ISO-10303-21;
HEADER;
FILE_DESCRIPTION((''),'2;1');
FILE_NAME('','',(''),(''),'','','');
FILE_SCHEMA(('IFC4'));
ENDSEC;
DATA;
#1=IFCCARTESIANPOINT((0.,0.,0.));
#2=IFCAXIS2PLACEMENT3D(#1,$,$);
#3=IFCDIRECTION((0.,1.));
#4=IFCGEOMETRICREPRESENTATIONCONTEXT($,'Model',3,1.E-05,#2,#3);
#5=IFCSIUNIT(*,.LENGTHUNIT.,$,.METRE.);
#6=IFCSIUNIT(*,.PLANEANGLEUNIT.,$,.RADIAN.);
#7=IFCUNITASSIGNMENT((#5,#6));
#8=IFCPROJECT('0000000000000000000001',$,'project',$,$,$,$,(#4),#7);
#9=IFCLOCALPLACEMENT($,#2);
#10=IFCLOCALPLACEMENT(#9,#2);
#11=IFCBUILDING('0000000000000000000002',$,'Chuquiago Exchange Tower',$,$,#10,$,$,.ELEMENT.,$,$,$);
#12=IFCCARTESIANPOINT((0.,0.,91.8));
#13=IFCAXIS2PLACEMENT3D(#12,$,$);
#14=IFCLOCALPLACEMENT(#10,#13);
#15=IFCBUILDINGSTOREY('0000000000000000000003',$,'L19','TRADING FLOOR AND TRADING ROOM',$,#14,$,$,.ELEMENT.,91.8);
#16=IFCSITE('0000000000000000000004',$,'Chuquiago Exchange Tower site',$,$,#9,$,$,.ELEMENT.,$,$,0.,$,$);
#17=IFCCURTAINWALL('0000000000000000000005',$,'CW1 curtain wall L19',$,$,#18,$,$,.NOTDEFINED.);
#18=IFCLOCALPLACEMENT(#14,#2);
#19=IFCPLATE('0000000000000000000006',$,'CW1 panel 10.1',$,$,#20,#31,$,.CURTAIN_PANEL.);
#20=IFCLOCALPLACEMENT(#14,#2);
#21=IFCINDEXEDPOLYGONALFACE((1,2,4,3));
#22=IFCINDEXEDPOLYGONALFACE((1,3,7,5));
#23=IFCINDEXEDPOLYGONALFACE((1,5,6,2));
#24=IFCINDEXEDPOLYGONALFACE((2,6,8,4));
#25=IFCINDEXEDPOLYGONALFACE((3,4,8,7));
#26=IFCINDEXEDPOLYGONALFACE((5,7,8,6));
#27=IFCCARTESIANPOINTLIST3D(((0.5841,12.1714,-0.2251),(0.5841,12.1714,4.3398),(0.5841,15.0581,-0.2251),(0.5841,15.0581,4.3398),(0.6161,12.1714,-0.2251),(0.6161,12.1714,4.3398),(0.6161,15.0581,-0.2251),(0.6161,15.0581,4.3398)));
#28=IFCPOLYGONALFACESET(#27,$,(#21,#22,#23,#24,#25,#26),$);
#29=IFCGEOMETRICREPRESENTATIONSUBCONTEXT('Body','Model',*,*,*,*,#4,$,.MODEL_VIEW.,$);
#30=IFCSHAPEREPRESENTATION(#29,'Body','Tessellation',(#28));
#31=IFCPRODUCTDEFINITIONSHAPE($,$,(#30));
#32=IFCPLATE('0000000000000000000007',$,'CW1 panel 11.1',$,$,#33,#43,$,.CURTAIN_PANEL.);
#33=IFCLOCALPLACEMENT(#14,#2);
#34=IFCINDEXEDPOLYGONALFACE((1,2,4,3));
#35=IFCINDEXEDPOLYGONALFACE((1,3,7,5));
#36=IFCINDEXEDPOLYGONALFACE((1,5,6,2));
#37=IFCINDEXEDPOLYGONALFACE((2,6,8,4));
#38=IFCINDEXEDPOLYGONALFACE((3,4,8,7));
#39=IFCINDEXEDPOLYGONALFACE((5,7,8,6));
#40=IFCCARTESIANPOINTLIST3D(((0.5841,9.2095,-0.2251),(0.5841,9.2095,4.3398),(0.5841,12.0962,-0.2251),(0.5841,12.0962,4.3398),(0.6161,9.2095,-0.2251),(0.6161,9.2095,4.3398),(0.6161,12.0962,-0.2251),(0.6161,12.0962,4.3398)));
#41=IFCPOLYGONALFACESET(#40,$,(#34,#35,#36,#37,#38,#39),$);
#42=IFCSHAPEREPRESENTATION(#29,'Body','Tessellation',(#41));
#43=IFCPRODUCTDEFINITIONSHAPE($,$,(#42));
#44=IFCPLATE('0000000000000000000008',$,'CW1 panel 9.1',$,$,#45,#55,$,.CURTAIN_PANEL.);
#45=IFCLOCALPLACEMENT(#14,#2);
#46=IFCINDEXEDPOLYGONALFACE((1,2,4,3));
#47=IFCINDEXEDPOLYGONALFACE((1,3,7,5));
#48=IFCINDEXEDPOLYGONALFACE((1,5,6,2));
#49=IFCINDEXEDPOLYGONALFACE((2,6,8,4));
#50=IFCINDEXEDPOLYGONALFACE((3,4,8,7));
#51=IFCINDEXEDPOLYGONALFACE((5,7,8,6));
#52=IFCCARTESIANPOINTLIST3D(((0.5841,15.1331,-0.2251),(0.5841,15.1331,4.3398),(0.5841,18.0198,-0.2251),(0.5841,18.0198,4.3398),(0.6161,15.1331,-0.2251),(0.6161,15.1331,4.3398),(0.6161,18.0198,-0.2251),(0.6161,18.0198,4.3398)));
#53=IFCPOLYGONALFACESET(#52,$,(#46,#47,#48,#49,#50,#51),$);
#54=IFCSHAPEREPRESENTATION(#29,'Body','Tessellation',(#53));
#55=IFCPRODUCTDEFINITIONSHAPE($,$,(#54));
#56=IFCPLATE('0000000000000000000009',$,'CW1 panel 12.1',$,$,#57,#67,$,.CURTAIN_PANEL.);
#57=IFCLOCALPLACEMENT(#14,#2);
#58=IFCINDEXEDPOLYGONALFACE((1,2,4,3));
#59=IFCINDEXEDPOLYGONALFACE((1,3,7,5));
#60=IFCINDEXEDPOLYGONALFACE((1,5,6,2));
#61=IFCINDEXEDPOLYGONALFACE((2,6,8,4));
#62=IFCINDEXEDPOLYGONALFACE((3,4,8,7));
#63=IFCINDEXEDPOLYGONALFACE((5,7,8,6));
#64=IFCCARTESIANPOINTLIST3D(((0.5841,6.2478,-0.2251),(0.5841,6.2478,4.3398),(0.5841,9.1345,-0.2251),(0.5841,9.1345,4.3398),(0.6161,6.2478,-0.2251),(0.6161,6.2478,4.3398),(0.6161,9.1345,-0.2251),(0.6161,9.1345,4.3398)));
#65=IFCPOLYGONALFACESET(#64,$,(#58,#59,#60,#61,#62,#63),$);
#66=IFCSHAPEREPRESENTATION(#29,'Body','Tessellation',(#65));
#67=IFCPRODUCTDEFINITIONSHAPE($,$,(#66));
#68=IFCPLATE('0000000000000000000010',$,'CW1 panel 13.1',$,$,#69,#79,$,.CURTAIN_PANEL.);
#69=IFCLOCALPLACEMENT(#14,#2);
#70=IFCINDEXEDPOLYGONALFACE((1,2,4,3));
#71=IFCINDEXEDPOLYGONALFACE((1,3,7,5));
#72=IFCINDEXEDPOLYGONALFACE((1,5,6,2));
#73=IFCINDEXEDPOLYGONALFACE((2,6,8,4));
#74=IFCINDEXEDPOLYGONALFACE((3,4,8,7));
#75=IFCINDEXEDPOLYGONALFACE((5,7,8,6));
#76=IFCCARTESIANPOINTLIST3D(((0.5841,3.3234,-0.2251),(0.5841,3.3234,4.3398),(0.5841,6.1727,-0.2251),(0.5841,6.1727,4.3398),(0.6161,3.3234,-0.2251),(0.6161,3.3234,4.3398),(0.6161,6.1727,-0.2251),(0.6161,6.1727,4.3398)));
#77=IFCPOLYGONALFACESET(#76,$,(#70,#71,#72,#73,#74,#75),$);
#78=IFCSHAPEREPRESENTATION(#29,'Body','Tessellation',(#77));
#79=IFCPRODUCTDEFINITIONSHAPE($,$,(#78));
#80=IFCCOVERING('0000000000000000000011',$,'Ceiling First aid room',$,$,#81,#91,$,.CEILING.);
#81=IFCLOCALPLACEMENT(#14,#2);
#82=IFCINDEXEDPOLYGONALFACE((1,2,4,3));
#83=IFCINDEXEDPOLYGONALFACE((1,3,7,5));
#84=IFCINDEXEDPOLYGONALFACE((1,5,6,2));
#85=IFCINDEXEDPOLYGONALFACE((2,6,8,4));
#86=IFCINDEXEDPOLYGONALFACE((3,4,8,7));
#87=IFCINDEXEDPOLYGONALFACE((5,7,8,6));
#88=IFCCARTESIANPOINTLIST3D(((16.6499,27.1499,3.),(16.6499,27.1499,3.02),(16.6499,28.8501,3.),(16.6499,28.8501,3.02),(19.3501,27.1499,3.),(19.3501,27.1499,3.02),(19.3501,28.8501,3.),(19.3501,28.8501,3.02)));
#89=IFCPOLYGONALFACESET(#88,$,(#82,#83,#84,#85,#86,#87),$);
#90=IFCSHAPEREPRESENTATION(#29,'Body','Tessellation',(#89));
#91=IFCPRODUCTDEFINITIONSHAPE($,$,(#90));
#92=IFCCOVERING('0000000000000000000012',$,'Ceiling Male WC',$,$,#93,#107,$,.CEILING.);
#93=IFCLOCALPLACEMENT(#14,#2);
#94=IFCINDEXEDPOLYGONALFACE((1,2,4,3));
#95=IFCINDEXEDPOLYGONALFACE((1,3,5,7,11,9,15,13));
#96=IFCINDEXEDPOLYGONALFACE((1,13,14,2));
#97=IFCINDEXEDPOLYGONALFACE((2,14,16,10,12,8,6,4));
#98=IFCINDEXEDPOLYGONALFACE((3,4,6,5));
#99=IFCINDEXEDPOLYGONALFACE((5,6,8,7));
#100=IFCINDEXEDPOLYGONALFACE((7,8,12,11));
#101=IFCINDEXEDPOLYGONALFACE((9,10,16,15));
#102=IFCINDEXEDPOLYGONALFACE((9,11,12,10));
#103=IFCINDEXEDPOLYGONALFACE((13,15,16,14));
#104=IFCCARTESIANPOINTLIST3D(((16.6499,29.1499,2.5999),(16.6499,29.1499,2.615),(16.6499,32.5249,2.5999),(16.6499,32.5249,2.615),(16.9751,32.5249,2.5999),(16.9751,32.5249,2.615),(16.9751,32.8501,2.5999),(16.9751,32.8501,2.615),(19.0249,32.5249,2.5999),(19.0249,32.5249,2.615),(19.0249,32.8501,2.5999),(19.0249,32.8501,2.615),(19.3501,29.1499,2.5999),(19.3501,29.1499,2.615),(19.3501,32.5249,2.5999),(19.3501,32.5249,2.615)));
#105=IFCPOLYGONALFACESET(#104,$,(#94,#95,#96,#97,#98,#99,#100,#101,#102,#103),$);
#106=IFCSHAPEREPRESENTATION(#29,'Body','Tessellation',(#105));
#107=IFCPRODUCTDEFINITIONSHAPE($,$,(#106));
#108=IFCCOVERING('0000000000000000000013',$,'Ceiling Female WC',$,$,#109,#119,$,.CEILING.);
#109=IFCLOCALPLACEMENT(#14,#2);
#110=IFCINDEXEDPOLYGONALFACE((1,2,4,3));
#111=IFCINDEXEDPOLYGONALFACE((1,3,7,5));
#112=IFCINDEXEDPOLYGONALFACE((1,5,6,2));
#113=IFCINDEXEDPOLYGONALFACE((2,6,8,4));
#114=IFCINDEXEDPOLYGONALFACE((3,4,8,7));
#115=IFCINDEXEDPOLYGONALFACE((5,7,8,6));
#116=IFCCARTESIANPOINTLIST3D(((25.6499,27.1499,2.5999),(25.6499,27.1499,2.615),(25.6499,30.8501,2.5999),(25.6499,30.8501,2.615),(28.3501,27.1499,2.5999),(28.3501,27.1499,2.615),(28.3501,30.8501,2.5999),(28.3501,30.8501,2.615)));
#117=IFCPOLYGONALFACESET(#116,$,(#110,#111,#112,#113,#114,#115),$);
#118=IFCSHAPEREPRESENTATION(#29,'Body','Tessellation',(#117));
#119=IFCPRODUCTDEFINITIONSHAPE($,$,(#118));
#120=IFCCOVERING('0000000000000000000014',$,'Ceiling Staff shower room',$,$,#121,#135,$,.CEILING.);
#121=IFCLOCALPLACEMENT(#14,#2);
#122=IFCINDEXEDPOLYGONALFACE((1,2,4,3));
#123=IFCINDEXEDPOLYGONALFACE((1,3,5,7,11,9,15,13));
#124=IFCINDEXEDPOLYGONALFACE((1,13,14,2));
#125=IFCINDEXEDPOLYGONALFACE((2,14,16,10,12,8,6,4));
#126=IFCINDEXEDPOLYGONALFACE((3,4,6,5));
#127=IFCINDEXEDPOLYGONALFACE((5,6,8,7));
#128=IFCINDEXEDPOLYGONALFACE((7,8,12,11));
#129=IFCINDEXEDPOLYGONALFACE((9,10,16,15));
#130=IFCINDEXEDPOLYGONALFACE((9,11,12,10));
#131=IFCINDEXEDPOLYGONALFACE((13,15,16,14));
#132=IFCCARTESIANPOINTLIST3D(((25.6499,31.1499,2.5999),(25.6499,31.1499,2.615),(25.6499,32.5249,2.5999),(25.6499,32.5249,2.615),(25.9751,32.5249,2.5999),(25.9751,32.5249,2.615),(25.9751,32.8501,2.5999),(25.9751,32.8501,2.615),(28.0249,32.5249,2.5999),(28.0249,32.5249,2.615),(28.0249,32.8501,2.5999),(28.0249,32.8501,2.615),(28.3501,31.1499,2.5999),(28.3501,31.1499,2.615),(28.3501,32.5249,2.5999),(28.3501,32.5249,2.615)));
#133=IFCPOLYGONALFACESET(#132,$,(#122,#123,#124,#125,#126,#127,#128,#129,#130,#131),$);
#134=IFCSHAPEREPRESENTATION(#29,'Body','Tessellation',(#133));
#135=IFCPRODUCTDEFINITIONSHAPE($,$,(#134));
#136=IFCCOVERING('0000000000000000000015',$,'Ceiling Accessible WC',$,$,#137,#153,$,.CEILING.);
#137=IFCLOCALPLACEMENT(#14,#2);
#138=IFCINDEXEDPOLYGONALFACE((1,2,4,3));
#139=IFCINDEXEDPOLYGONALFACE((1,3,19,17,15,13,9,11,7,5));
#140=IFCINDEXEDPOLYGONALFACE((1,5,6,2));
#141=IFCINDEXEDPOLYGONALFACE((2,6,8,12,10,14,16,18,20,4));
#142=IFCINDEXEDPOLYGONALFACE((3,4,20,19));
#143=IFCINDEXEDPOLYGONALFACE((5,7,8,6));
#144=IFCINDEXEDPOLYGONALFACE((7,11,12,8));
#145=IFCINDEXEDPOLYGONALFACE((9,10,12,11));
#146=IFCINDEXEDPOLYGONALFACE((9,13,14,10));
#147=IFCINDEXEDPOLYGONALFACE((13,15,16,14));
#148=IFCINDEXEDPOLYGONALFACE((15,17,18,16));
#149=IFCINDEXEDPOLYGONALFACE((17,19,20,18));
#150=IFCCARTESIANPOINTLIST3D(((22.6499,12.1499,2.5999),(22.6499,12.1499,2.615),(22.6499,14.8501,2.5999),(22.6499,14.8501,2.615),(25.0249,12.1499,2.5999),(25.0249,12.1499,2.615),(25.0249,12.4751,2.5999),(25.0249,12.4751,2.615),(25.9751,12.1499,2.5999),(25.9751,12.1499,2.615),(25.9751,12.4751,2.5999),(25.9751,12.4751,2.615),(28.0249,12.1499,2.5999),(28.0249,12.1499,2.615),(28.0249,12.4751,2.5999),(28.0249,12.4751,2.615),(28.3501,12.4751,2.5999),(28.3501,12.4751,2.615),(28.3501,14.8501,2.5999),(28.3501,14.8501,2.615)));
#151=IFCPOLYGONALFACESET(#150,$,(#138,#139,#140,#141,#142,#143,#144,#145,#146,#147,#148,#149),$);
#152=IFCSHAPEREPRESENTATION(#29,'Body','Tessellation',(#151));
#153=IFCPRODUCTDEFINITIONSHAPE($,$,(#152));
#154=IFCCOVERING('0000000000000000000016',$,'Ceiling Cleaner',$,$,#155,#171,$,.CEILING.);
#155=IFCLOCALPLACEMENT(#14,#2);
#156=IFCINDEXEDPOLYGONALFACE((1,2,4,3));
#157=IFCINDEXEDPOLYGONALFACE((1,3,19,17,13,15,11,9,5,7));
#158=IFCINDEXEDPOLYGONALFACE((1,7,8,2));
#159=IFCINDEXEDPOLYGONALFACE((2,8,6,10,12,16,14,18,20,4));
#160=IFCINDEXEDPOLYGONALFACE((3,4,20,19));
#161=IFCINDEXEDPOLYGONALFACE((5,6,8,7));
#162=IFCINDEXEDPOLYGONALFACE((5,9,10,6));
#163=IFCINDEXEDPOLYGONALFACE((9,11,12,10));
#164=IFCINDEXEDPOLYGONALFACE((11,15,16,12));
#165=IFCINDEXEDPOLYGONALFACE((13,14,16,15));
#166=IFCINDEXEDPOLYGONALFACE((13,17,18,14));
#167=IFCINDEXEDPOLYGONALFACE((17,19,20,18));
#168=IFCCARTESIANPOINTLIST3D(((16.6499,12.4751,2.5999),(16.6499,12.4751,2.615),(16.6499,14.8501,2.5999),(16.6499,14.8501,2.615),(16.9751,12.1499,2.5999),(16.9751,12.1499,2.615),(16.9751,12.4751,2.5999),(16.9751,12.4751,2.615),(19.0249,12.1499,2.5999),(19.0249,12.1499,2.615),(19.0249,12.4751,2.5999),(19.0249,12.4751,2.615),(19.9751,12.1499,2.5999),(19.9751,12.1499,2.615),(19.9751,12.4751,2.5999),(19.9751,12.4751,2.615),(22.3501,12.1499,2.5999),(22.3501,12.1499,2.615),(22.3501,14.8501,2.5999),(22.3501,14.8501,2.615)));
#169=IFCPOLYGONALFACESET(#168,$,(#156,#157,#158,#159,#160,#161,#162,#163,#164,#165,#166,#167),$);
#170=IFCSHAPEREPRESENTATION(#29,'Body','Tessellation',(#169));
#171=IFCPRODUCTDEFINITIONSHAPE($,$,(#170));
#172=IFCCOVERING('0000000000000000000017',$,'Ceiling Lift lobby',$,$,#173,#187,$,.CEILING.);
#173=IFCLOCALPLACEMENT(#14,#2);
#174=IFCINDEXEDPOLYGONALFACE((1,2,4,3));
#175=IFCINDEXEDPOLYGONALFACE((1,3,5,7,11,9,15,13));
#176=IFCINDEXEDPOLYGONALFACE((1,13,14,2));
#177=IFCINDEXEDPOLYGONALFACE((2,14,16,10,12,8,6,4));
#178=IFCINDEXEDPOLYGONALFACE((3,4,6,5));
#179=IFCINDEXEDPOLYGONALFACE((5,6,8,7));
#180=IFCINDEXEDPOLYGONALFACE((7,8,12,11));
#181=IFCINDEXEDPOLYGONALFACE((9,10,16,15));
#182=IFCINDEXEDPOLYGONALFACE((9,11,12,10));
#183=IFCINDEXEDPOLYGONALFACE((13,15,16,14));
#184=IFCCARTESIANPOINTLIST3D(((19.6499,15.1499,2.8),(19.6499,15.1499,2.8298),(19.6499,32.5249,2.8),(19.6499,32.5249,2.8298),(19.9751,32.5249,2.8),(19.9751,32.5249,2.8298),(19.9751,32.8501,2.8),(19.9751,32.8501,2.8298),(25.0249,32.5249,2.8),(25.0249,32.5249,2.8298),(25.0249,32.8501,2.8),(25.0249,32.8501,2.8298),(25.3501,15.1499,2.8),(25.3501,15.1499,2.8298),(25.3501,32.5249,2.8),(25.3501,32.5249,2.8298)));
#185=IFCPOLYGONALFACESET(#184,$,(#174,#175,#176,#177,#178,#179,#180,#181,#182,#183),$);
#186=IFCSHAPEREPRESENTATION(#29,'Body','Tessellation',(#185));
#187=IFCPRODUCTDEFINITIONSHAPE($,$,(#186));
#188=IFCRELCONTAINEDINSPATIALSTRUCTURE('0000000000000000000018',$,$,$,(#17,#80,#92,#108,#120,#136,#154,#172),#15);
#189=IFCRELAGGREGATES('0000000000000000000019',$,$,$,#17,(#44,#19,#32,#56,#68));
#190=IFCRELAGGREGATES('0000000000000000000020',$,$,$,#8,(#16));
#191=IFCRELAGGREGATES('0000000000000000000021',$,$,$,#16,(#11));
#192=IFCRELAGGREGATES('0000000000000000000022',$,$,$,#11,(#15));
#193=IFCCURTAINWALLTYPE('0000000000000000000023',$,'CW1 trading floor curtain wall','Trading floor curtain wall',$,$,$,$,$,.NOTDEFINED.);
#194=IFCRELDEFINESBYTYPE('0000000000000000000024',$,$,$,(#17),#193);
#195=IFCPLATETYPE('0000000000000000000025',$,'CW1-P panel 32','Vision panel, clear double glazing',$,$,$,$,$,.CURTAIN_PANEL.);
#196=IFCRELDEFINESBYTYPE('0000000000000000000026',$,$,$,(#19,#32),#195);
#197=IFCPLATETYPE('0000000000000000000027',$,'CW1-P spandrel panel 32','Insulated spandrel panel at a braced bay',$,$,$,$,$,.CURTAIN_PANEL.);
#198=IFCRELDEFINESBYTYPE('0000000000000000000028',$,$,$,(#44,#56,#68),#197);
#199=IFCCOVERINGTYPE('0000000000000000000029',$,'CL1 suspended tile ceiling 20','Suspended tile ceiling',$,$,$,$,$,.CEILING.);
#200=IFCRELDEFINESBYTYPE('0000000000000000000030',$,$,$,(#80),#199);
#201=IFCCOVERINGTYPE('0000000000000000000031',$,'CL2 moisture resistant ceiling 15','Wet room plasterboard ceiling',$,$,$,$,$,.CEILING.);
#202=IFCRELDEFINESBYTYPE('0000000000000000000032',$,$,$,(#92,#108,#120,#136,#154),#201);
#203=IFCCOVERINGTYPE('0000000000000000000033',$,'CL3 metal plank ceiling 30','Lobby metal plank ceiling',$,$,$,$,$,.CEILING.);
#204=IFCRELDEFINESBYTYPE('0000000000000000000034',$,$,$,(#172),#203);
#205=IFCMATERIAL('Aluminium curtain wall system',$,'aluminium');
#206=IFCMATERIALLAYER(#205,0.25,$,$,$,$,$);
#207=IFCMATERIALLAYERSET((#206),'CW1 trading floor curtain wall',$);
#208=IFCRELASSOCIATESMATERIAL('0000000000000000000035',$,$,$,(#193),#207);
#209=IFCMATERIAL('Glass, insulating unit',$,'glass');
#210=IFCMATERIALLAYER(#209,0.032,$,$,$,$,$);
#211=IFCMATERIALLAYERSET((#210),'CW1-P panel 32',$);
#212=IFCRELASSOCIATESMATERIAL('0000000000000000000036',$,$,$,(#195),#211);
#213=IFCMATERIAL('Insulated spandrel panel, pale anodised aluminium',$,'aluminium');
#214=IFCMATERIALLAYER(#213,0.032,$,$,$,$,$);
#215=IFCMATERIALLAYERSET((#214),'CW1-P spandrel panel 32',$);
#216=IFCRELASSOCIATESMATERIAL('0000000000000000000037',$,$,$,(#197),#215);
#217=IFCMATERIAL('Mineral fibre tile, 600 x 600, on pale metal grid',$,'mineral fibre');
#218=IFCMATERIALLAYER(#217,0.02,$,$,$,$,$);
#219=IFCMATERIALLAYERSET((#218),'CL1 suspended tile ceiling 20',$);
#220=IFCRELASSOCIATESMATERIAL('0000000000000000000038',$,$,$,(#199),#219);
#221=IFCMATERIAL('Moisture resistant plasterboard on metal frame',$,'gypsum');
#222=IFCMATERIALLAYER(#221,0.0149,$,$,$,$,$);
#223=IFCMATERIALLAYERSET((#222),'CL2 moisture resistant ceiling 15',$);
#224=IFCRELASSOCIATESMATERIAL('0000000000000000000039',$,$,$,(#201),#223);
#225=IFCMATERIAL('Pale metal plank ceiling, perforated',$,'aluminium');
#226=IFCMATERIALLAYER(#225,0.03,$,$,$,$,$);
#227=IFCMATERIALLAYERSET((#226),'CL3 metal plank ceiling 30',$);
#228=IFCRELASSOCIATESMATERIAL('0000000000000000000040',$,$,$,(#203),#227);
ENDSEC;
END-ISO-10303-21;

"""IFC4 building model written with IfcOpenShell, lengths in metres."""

from ifc_helpers import new_model, si_unit, direction, frame, origin, origin_2d, place, context, subcontext, project, spatial, polyline, rectangle, outline, extrude, material, layer, layer_set, type_object, element, aggregate, save


model = new_model("IFC4")

# Units and contexts
model_context = context("Model", 3, precision=1e-05, world=origin(), true_north=direction((0.0, 1.0)))
body_context = subcontext(model_context, "Body", "Model", "MODEL_VIEW")
ifc_project = project(units=[si_unit("LENGTHUNIT", "METRE"), si_unit("PLANEANGLEUNIT", "RADIAN")], contexts=[model_context])

# Site, building, storey
site_placement = place(None, origin())
site = spatial("IfcSite", under=ifc_project, at=site_placement, Name="Chuquiago Exchange Tower site", CompositionType="ELEMENT", RefElevation=0.0)
building_placement = place(site_placement, origin())
building = spatial("IfcBuilding", under=site, at=building_placement, Name="Chuquiago Exchange Tower", CompositionType="ELEMENT")
storey_placement = place(building_placement, frame((0.0, 0.0, 91.8)))
storey = spatial("IfcBuildingStorey", under=building, at=storey_placement, Name="L19", Description="TRADING FLOOR AND TRADING ROOM", CompositionType="ELEMENT", Elevation=91.8)

# Curtain wall
ifc_material_1 = material(Name="Aluminium curtain wall system", Category="aluminium")
ifc_layer_1 = layer(ifc_material_1, 0.25)
ifc_layer_set_1 = layer_set([ifc_layer_1], Name="CW1 trading floor curtain wall")
curtain_wall_type_1 = type_object("IfcCurtainWallType", Name="CW1 trading floor curtain wall", Description="Trading floor curtain wall", PredefinedType="NOTDEFINED", material=ifc_layer_set_1)
curtain_wall_1_placement = place(storey_placement, origin())
curtain_wall_1 = element("IfcCurtainWall", 1, at=curtain_wall_1_placement, inside=storey, type_object=curtain_wall_type_1, Name="CW1 curtain wall L19", PredefinedType="NOTDEFINED")

# Plates
ifc_material_2 = material(Name="Glass, insulating unit", Category="glass")
ifc_layer_2 = layer(ifc_material_2, 0.032)
ifc_layer_set_2 = layer_set([ifc_layer_2], Name="CW1-P panel 32")
plate_type_1 = type_object("IfcPlateType", Name="CW1-P panel 32", Description="Vision panel, clear double glazing", PredefinedType="CURTAIN_PANEL", material=ifc_layer_set_2)
plate_1_placement = place(storey_placement, frame((0.6001, 13.6147, -0.2251), z_axis=(0.0, 0.0, 1.0), x_axis=(0.0, -1.0, 0.0)))
plate_1 = element("IfcPlate", 2, at=plate_1_placement, type_object=plate_type_1, Name="CW1 panel 10.1", PredefinedType="CURTAIN_PANEL", context=body_context, shape_type="SweptSolid", body=[
    extrude(rectangle(XDim=2.8867, YDim=0.032, at=origin_2d()), origin(), (0.0, 0.0, 1.0), 4.5649),
])
plate_2_placement = place(storey_placement, frame((0.6001, 10.6528, -0.2251), z_axis=(0.0, 0.0, 1.0), x_axis=(0.0, -1.0, 0.0)))
plate_2 = element("IfcPlate", 3, at=plate_2_placement, type_object=plate_type_1, Name="CW1 panel 11.1", PredefinedType="CURTAIN_PANEL", context=body_context, shape_type="SweptSolid", body=[
    extrude(rectangle(XDim=2.8867, YDim=0.032, at=origin_2d()), origin(), (0.0, 0.0, 1.0), 4.5649),
])
ifc_material_3 = material(Name="Insulated spandrel panel, pale anodised aluminium", Category="aluminium")
ifc_layer_3 = layer(ifc_material_3, 0.032)
ifc_layer_set_3 = layer_set([ifc_layer_3], Name="CW1-P spandrel panel 32")
plate_type_2 = type_object("IfcPlateType", Name="CW1-P spandrel panel 32", Description="Insulated spandrel panel at a braced bay", PredefinedType="CURTAIN_PANEL", material=ifc_layer_set_3)
plate_3_placement = place(storey_placement, frame((0.6001, 16.5764, -0.2251), z_axis=(0.0, 0.0, 1.0), x_axis=(0.0, -1.0, 0.0)))
plate_3 = element("IfcPlate", 4, at=plate_3_placement, type_object=plate_type_2, Name="CW1 panel 9.1", PredefinedType="CURTAIN_PANEL", context=body_context, shape_type="SweptSolid", body=[
    extrude(rectangle(XDim=2.8867, YDim=0.032, at=origin_2d()), origin(), (0.0, 0.0, 1.0), 4.5649),
])
plate_4_placement = place(storey_placement, frame((0.6001, 7.6912, -0.2251), z_axis=(0.0, 0.0, 1.0), x_axis=(0.0, -1.0, 0.0)))
plate_4 = element("IfcPlate", 5, at=plate_4_placement, type_object=plate_type_2, Name="CW1 panel 12.1", PredefinedType="CURTAIN_PANEL", context=body_context, shape_type="SweptSolid", body=[
    extrude(rectangle(XDim=2.8867, YDim=0.032, at=origin_2d()), origin(), (0.0, 0.0, 1.0), 4.5649),
])
plate_5_placement = place(storey_placement, frame((0.6001, 4.748, -0.2251), z_axis=(0.0, 0.0, 1.0), x_axis=(0.0, -1.0, 0.0)))
plate_5 = element("IfcPlate", 6, at=plate_5_placement, type_object=plate_type_2, Name="CW1 panel 13.1", PredefinedType="CURTAIN_PANEL", context=body_context, shape_type="SweptSolid", body=[
    extrude(rectangle(XDim=2.8494, YDim=0.032, at=origin_2d()), origin(), (0.0, 0.0, 1.0), 4.5649),
])
aggregate(curtain_wall_1, [plate_3, plate_1, plate_2, plate_4, plate_5])

# Coverings
ifc_material_4 = material(Name="Mineral fibre tile, 600 x 600, on pale metal grid", Category="mineral fibre")
ifc_layer_4 = layer(ifc_material_4, 0.02)
ifc_layer_set_4 = layer_set([ifc_layer_4], Name="CL1 suspended tile ceiling 20")
covering_type_1 = type_object("IfcCoveringType", Name="CL1 suspended tile ceiling 20", Description="Suspended tile ceiling", PredefinedType="CEILING", material=ifc_layer_set_4)
covering_1_placement = place(storey_placement, frame((0.0, 0.0, 3.0)))
element("IfcCovering", 7, at=covering_1_placement, inside=storey, type_object=covering_type_1, Name="Ceiling First aid room", PredefinedType="CEILING", context=body_context, shape_type="SweptSolid", body=[
    extrude(outline(polyline([(16.6499, 27.1499), (16.6499, 28.8501), (19.3501, 28.8501), (19.3501, 27.1499), (16.6499, 27.1499)])), origin(), (0.0, 0.0, 1.0), 0.02),
])
ifc_material_5 = material(Name="Moisture resistant plasterboard on metal frame", Category="gypsum")
ifc_layer_5 = layer(ifc_material_5, 0.0149)
ifc_layer_set_5 = layer_set([ifc_layer_5], Name="CL2 moisture resistant ceiling 15")
covering_type_2 = type_object("IfcCoveringType", Name="CL2 moisture resistant ceiling 15", Description="Wet room plasterboard ceiling", PredefinedType="CEILING", material=ifc_layer_set_5)
covering_2_placement = place(storey_placement, frame((0.0, 0.0, 2.5999)))
element("IfcCovering", 8, at=covering_2_placement, inside=storey, type_object=covering_type_2, Name="Ceiling Male WC", PredefinedType="CEILING", context=body_context, shape_type="SweptSolid", body=[
    extrude(outline(polyline([(16.6499, 29.1499), (16.6499, 32.5249), (16.9751, 32.5249), (16.9751, 32.8501), (19.0249, 32.8501), (19.0249, 32.5249), (19.3501, 32.5249), (19.3501, 29.1499), (16.6499, 29.1499)])), origin(), (0.0, 0.0, 1.0), 0.0151),
])
covering_3_placement = place(storey_placement, frame((0.0, 0.0, 2.5999)))
element("IfcCovering", 9, at=covering_3_placement, inside=storey, type_object=covering_type_2, Name="Ceiling Female WC", PredefinedType="CEILING", context=body_context, shape_type="SweptSolid", body=[
    extrude(outline(polyline([(25.6499, 27.1499), (25.6499, 30.8501), (28.3501, 30.8501), (28.3501, 27.1499), (25.6499, 27.1499)])), origin(), (0.0, 0.0, 1.0), 0.0151),
])
covering_4_placement = place(storey_placement, frame((0.0, 0.0, 2.5999)))
element("IfcCovering", 10, at=covering_4_placement, inside=storey, type_object=covering_type_2, Name="Ceiling Staff shower room", PredefinedType="CEILING", context=body_context, shape_type="SweptSolid", body=[
    extrude(outline(polyline([(25.6499, 31.1499), (25.6499, 32.5249), (25.9751, 32.5249), (25.9751, 32.8501), (28.0249, 32.8501), (28.0249, 32.5249), (28.3501, 32.5249), (28.3501, 31.1499), (25.6499, 31.1499)])), origin(), (0.0, 0.0, 1.0), 0.0151),
])
covering_5_placement = place(storey_placement, frame((0.0, 0.0, 2.5999)))
element("IfcCovering", 11, at=covering_5_placement, inside=storey, type_object=covering_type_2, Name="Ceiling Accessible WC", PredefinedType="CEILING", context=body_context, shape_type="SweptSolid", body=[
    extrude(outline(polyline([(25.9751, 12.1499), (25.9751, 12.4751), (25.0249, 12.4751), (25.0249, 12.1499), (22.6499, 12.1499), (22.6499, 14.8501), (28.3501, 14.8501), (28.3501, 12.4751), (28.0249, 12.4751), (28.0249, 12.1499), (25.9751, 12.1499)])), origin(), (0.0, 0.0, 1.0), 0.0151),
])
covering_6_placement = place(storey_placement, frame((0.0, 0.0, 2.5999)))
element("IfcCovering", 12, at=covering_6_placement, inside=storey, type_object=covering_type_2, Name="Ceiling Cleaner", PredefinedType="CEILING", context=body_context, shape_type="SweptSolid", body=[
    extrude(outline(polyline([(19.9751, 12.1499), (19.9751, 12.4751), (19.0249, 12.4751), (19.0249, 12.1499), (16.9751, 12.1499), (16.9751, 12.4751), (16.6499, 12.4751), (16.6499, 14.8501), (22.3501, 14.8501), (22.3501, 12.1499), (19.9751, 12.1499)])), origin(), (0.0, 0.0, 1.0), 0.0151),
])
ifc_material_6 = material(Name="Pale metal plank ceiling, perforated", Category="aluminium")
ifc_layer_6 = layer(ifc_material_6, 0.03)
ifc_layer_set_6 = layer_set([ifc_layer_6], Name="CL3 metal plank ceiling 30")
covering_type_3 = type_object("IfcCoveringType", Name="CL3 metal plank ceiling 30", Description="Lobby metal plank ceiling", PredefinedType="CEILING", material=ifc_layer_set_6)
covering_7_placement = place(storey_placement, frame((0.0, 0.0, 2.8)))
element("IfcCovering", 13, at=covering_7_placement, inside=storey, type_object=covering_type_3, Name="Ceiling Lift lobby", PredefinedType="CEILING", context=body_context, shape_type="SweptSolid", body=[
    extrude(outline(polyline([(19.6499, 15.1499), (19.6499, 32.5249), (19.9751, 32.5249), (19.9751, 32.8501), (25.0249, 32.8501), (25.0249, 32.5249), (25.3501, 32.5249), (25.3501, 15.1499), (19.6499, 15.1499)])), origin(), (0.0, 0.0, 1.0), 0.0298),
])

save(model, "model.ifc")
